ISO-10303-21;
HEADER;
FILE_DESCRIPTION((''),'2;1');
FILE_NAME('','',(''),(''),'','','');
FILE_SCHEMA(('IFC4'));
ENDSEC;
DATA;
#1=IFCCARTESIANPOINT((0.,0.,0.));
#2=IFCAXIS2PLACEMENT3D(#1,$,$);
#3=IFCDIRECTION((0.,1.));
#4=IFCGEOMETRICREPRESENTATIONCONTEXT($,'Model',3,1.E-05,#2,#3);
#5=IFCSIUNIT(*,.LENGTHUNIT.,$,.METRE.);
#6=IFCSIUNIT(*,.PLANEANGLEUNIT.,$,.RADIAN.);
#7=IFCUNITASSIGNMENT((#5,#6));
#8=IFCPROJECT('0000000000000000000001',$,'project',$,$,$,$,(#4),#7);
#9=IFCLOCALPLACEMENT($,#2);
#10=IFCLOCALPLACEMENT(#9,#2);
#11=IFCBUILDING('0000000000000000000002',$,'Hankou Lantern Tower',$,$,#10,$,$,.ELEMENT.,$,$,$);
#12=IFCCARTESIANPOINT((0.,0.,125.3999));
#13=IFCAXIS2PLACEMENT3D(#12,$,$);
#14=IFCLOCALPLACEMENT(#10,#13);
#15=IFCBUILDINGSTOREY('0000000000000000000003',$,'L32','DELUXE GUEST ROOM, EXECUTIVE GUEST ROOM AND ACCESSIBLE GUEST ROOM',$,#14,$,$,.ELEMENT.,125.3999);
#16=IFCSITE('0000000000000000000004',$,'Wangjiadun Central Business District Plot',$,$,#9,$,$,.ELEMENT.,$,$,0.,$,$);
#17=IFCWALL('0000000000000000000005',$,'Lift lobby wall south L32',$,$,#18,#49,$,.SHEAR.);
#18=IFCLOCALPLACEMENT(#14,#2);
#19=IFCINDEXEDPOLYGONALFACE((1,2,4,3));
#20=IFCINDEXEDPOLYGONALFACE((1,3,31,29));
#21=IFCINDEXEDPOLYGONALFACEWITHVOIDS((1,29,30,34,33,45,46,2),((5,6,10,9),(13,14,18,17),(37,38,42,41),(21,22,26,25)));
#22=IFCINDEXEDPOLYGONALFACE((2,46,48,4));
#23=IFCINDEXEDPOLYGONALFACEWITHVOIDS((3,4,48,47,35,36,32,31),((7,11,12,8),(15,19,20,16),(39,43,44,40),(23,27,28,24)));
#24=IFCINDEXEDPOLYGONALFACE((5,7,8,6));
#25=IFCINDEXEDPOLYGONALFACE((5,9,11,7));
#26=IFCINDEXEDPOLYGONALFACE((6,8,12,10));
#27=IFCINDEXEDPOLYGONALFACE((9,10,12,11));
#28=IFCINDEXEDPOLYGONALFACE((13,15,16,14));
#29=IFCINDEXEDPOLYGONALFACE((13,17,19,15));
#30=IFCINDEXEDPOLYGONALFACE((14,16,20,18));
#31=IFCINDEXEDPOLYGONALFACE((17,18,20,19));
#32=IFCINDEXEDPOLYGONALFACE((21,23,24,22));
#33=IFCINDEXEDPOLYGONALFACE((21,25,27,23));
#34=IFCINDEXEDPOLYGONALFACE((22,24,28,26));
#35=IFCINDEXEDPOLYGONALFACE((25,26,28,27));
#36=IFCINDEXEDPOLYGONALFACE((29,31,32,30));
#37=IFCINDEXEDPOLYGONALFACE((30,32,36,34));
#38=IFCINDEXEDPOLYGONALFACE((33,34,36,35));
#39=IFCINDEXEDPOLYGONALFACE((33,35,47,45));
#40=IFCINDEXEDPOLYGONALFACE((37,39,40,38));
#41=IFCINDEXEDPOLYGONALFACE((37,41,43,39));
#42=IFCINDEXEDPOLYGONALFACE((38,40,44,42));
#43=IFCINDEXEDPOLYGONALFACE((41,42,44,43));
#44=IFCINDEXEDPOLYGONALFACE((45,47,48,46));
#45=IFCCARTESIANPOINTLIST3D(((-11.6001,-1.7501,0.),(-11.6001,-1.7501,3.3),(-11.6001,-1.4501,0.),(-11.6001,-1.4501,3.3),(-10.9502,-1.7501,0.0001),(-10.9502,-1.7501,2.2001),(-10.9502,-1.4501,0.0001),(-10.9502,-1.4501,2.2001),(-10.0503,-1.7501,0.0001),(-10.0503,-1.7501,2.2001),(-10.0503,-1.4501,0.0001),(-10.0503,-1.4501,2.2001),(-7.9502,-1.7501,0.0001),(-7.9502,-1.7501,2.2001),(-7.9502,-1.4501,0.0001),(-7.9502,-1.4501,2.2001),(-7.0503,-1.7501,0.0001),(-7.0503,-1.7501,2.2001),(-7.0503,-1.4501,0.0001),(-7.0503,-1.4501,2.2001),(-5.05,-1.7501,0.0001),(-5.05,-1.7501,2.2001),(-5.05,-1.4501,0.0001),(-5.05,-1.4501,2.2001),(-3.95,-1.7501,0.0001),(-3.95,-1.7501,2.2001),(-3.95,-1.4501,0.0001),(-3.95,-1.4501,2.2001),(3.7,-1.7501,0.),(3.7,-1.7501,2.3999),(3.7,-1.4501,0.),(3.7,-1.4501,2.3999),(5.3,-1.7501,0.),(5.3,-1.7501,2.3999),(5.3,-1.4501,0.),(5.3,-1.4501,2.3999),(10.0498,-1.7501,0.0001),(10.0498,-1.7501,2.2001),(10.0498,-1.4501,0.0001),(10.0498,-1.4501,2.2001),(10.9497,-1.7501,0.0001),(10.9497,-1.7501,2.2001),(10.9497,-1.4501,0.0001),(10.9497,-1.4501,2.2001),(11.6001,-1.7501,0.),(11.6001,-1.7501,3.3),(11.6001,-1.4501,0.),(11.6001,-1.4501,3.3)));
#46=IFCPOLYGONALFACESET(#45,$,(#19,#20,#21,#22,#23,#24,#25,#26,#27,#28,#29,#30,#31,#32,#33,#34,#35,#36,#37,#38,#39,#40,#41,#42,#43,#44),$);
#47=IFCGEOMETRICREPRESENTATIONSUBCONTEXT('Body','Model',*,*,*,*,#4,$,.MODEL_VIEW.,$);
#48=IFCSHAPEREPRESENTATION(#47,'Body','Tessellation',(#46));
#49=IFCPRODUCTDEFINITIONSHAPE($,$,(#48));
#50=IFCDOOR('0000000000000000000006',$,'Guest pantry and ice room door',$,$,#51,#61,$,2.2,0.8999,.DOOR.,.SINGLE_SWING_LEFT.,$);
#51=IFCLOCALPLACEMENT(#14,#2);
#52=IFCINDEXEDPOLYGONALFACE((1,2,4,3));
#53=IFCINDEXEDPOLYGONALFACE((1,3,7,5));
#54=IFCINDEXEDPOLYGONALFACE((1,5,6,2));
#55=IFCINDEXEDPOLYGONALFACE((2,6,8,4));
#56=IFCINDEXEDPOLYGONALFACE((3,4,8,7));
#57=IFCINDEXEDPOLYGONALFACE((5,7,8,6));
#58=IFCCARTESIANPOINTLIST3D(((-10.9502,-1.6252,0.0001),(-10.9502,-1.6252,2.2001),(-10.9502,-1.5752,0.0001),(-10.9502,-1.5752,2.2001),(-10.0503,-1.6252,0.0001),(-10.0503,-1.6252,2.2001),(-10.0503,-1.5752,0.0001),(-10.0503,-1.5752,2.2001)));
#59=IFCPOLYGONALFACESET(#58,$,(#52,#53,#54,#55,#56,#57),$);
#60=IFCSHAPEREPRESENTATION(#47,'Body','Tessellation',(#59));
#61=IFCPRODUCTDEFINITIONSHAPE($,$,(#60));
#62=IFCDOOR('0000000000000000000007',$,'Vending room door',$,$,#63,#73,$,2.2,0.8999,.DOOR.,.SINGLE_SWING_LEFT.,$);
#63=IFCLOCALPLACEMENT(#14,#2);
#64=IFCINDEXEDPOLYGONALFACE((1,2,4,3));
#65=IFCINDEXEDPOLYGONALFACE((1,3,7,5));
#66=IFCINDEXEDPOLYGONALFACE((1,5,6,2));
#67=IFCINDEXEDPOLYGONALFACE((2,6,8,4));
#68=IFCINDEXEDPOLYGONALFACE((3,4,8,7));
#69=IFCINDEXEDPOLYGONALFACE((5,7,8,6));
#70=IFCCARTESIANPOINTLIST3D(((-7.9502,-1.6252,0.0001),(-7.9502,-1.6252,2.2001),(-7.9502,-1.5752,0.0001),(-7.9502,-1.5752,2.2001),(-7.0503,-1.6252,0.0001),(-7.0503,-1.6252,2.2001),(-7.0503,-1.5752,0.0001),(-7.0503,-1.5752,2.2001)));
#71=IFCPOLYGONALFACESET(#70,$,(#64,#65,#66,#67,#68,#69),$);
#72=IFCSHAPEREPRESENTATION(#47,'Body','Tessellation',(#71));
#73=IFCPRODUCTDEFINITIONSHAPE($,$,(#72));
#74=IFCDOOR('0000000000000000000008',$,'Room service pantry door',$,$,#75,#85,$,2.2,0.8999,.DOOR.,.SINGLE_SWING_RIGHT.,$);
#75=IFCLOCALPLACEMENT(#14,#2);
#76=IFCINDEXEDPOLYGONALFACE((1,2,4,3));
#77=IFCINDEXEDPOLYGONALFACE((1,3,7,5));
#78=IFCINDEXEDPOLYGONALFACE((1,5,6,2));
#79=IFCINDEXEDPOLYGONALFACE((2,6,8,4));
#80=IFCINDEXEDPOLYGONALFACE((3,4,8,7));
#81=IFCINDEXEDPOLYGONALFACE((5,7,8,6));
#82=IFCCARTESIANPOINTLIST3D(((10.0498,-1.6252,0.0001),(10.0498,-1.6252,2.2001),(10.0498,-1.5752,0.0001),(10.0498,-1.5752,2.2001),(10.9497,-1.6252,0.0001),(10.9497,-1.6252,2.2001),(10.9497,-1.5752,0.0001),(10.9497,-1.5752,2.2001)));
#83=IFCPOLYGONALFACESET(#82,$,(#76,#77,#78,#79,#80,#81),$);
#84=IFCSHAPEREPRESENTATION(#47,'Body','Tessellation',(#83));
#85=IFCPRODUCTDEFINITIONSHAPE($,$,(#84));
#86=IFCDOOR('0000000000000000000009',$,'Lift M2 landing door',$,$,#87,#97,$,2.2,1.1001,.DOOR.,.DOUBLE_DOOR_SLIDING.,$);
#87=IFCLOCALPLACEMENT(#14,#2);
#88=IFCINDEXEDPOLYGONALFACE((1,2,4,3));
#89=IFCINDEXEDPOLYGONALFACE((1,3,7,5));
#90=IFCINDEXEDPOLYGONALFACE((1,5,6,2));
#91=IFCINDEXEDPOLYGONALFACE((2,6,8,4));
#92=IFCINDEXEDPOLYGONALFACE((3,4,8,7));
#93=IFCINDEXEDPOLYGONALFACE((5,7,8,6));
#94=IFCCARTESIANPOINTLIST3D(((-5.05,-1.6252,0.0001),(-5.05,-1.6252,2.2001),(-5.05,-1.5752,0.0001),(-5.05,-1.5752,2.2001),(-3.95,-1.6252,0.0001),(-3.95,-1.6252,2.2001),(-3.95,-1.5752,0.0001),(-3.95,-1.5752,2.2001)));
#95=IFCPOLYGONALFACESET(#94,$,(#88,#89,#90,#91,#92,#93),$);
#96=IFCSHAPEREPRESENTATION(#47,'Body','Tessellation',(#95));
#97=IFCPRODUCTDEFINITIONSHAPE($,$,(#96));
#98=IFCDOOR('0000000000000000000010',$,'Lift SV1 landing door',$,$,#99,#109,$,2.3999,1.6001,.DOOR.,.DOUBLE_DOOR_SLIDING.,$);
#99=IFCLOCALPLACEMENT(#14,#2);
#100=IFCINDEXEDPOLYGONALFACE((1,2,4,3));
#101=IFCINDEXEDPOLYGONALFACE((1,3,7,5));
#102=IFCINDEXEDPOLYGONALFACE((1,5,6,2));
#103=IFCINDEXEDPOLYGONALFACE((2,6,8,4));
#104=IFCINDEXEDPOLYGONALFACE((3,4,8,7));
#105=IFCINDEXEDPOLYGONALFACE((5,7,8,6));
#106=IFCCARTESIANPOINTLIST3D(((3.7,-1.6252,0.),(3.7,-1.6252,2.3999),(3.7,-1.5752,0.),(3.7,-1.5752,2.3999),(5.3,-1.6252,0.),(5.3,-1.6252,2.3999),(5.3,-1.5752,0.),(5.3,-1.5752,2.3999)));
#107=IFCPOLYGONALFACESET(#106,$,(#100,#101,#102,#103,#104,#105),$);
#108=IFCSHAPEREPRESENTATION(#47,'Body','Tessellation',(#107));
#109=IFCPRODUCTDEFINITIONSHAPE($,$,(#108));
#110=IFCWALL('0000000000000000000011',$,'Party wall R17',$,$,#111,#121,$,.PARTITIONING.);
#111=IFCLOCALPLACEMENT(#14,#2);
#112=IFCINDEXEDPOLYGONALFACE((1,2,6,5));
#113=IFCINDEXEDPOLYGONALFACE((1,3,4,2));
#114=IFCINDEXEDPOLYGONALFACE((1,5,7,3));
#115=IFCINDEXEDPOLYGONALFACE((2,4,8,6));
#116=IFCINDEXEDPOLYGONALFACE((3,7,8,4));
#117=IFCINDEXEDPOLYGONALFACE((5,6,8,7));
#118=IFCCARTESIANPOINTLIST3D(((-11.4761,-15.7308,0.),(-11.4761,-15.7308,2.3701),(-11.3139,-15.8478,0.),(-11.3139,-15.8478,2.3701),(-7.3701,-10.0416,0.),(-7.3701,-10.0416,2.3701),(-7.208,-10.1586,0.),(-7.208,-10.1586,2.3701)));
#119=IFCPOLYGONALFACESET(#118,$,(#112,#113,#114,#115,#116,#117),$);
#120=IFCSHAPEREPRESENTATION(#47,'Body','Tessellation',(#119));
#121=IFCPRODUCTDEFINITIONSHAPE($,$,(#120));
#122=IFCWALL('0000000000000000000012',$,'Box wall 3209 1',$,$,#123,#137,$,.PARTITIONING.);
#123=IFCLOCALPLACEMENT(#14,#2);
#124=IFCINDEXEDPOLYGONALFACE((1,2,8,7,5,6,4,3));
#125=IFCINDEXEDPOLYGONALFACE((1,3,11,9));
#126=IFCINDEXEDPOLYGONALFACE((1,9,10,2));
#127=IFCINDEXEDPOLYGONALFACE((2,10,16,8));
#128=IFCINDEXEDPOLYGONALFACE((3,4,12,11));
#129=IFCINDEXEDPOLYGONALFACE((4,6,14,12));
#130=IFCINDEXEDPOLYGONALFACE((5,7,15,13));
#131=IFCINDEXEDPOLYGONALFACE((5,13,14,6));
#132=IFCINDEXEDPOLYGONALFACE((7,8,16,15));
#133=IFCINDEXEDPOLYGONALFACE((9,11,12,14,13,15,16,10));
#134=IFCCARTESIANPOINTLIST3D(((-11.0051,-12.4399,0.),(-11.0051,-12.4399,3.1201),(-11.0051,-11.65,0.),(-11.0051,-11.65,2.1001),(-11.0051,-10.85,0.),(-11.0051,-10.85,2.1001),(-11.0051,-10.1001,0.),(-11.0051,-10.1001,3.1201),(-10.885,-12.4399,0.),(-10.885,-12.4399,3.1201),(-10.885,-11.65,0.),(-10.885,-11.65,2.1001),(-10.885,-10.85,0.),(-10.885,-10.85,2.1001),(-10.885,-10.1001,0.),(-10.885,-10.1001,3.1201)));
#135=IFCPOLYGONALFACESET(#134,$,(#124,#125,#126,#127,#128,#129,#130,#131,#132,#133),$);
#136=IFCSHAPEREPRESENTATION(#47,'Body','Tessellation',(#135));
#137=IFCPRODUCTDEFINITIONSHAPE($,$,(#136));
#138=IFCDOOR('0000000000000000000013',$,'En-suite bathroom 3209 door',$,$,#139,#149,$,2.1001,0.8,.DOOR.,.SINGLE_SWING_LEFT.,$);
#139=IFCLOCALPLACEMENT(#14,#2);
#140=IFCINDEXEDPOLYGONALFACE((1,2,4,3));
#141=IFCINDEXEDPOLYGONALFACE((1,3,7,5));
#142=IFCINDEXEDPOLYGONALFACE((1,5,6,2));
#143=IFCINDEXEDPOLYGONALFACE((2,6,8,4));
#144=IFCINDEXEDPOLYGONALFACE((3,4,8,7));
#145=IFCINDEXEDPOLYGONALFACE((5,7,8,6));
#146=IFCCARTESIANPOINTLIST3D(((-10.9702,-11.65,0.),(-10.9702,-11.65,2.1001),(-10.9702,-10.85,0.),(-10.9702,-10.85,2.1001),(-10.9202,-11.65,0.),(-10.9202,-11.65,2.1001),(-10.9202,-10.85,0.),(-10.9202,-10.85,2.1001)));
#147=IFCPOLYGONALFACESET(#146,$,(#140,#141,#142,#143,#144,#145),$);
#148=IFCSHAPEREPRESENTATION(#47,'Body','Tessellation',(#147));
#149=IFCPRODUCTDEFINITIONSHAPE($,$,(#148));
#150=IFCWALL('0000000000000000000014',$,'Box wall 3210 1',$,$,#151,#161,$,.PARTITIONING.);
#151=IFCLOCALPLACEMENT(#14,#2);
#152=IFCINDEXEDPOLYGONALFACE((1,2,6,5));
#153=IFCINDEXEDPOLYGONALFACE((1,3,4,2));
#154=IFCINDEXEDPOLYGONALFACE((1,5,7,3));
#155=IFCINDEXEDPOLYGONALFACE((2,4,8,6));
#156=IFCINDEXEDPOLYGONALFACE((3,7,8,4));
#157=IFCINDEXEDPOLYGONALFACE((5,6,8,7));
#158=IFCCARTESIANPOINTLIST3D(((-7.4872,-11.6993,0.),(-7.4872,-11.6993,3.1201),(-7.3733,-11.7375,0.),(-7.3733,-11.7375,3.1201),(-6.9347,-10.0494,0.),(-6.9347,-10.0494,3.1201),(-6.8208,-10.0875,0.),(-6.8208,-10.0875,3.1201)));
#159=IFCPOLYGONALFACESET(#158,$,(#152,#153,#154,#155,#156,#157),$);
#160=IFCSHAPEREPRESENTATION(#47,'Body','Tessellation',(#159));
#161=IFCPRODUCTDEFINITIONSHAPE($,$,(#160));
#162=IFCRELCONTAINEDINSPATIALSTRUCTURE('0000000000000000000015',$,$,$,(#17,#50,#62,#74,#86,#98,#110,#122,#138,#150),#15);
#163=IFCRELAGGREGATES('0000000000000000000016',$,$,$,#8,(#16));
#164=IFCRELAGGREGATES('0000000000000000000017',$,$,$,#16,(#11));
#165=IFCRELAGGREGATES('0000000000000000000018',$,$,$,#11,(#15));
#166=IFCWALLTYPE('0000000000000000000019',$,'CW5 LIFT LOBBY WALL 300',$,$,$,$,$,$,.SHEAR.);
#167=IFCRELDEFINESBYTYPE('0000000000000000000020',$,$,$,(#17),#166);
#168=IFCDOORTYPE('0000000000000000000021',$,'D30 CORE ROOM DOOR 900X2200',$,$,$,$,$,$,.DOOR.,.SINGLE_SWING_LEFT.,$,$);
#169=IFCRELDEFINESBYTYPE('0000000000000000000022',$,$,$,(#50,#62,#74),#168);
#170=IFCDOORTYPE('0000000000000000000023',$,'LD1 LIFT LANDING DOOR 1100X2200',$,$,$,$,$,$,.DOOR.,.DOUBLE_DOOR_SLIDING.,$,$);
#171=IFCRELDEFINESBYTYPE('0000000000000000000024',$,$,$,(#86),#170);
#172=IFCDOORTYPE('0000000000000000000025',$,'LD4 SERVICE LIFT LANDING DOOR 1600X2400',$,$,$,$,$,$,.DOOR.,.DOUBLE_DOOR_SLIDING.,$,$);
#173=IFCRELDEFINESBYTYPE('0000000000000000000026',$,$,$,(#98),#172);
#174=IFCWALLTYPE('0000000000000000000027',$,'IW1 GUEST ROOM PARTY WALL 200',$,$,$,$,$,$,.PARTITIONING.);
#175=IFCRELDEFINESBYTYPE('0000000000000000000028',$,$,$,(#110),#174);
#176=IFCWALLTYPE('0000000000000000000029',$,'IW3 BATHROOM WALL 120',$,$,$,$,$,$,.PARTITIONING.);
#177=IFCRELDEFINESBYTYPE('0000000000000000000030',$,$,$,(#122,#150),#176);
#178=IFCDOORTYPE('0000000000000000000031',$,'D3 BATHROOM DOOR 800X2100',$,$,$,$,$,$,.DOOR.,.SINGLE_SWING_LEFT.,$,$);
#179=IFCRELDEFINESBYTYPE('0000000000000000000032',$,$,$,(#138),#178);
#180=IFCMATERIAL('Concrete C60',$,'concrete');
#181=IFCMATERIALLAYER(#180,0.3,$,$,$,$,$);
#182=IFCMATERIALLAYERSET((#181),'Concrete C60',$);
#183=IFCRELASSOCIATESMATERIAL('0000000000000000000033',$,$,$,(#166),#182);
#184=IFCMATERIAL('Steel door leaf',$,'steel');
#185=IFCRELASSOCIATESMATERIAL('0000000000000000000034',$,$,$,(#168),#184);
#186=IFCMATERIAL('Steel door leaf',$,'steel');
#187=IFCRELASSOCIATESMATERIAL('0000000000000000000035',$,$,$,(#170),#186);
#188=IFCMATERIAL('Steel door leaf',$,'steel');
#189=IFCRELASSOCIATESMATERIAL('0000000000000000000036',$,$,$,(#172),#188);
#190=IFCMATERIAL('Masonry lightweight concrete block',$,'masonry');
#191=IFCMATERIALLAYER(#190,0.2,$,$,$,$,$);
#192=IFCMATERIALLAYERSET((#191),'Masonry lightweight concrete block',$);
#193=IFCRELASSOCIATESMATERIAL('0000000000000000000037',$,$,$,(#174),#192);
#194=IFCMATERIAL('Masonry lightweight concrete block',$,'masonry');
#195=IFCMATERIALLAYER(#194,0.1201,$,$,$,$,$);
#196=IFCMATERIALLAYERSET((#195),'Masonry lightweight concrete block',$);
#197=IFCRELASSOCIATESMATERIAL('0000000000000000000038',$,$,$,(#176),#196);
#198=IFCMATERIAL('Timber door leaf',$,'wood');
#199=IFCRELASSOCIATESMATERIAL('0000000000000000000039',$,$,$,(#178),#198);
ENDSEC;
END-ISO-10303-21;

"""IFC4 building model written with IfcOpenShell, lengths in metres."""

from ifc_helpers import new_model, si_unit, direction, frame, frame_2d, origin, place, context, subcontext, project, spatial, rectangle, extrude, material, layer, layer_set, type_object, element, fill, save


model = new_model("IFC4")

# Units and contexts
model_context = context("Model", 3, precision=1e-05, world=origin(), true_north=direction((0.0, 1.0)))
body_context = subcontext(model_context, "Body", "Model", "MODEL_VIEW")
ifc_project = project(units=[si_unit("LENGTHUNIT", "METRE"), si_unit("PLANEANGLEUNIT", "RADIAN")], contexts=[model_context])

# Site, building, storey
site_placement = place(None, origin())
site = spatial("IfcSite", under=ifc_project, at=site_placement, Name="Wangjiadun Central Business District Plot", CompositionType="ELEMENT", RefElevation=0.0)
building_placement = place(site_placement, origin())
building = spatial("IfcBuilding", under=site, at=building_placement, Name="Hankou Lantern Tower", CompositionType="ELEMENT")
storey_placement = place(building_placement, frame((0.0, 0.0, 125.3999)))
storey = spatial("IfcBuildingStorey", under=building, at=storey_placement, Name="L32", Description="DELUXE GUEST ROOM, EXECUTIVE GUEST ROOM AND ACCESSIBLE GUEST ROOM", CompositionType="ELEMENT", Elevation=125.3999)

# Wall, openings, doors
ifc_material_1 = material(Name="Concrete C60", Category="concrete")
ifc_layer_1 = layer(ifc_material_1, 0.3)
ifc_layer_set_1 = layer_set([ifc_layer_1], Name="Concrete C60")
wall_type_1 = type_object("IfcWallType", Name="CW5 LIFT LOBBY WALL 300", PredefinedType="SHEAR", material=ifc_layer_set_1)
wall_1_placement = place(storey_placement, frame((-11.6001, -1.6001, 0.0), z_axis=(0.0, 0.0, 1.0), x_axis=(1.0, 0.0, 0.0)))
wall_1 = element("IfcWall", 1, at=wall_1_placement, inside=storey, type_object=wall_type_1, Name="Lift lobby wall south L32", PredefinedType="SHEAR", context=body_context, shape_type="SweptSolid", body=[
    extrude(rectangle(XDim=23.2002, YDim=0.3, at=frame_2d((11.6001, 0.0))), origin(), (0.0, 0.0, 1.0), 3.3),
])
opening_1_placement = place(wall_1_placement, frame((6.55, 0.0, 0.0)))
opening_1 = element("IfcOpeningElement", 2, at=opening_1_placement, cuts=wall_1, PredefinedType="OPENING", context=body_context, shape_type="SweptSolid", body=[
    extrude(rectangle(XDim=1.1001, YDim=2.2, at=frame_2d((0.55, 1.1001))), frame((0.0, 0.1599, 0.0), z_axis=(0.0, -1.0, 0.0), x_axis=(1.0, 0.0, 0.0)), (0.0, 0.0, 1.0), 0.3201),
])
opening_2_placement = place(wall_1_placement, frame((15.3, 0.0, 0.0)))
opening_2 = element("IfcOpeningElement", 3, at=opening_2_placement, cuts=wall_1, PredefinedType="OPENING", context=body_context, shape_type="SweptSolid", body=[
    extrude(rectangle(XDim=1.6001, YDim=2.3999, at=frame_2d((0.8, 1.2))), frame((0.0, 0.1599, 0.0), z_axis=(0.0, -1.0, 0.0), x_axis=(1.0, 0.0, 0.0)), (0.0, 0.0, 1.0), 0.3201),
])
opening_3_placement = place(wall_1_placement, frame((0.6499, 0.0, 0.0)))
opening_3 = element("IfcOpeningElement", 4, at=opening_3_placement, cuts=wall_1, PredefinedType="OPENING", context=body_context, shape_type="SweptSolid", body=[
    extrude(rectangle(XDim=0.8999, YDim=2.2, at=frame_2d((0.45, 1.1001))), frame((0.0, 0.1599, 0.0), z_axis=(0.0, -1.0, 0.0), x_axis=(1.0, 0.0, 0.0)), (0.0, 0.0, 1.0), 0.3201),
])
opening_4_placement = place(wall_1_placement, frame((3.6499, 0.0, 0.0)))
opening_4 = element("IfcOpeningElement", 5, at=opening_4_placement, cuts=wall_1, PredefinedType="OPENING", context=body_context, shape_type="SweptSolid", body=[
    extrude(rectangle(XDim=0.8999, YDim=2.2, at=frame_2d((0.45, 1.1001))), frame((0.0, 0.1599, 0.0), z_axis=(0.0, -1.0, 0.0), x_axis=(1.0, 0.0, 0.0)), (0.0, 0.0, 1.0), 0.3201),
])
opening_5_placement = place(wall_1_placement, frame((21.6499, 0.0, 0.0)))
opening_5 = element("IfcOpeningElement", 6, at=opening_5_placement, cuts=wall_1, PredefinedType="OPENING", context=body_context, shape_type="SweptSolid", body=[
    extrude(rectangle(XDim=0.8999, YDim=2.2, at=frame_2d((0.45, 1.1001))), frame((0.0, 0.1599, 0.0), z_axis=(0.0, -1.0, 0.0), x_axis=(1.0, 0.0, 0.0)), (0.0, 0.0, 1.0), 0.3201),
])
ifc_material_2 = material(Name="Steel door leaf", Category="steel")
door_type_1 = type_object("IfcDoorType", Name="D30 CORE ROOM DOOR 900X2200", OperationType="SINGLE_SWING_LEFT", PredefinedType="DOOR", material=ifc_material_2)
door_1_placement = place(opening_3_placement, origin())
door_1 = element("IfcDoor", 7, at=door_1_placement, inside=storey, type_object=door_type_1, Name="Guest pantry and ice room door", OperationType="SINGLE_SWING_LEFT", OverallHeight=2.2, OverallWidth=0.8999, PredefinedType="DOOR", context=body_context, shape_type="SweptSolid", body=[
    extrude(rectangle(XDim=0.8999, YDim=2.2, at=frame_2d((0.45, 1.1001))), frame((0.0, 0.0249, 0.0), z_axis=(0.0, -1.0, 0.0), x_axis=(1.0, 0.0, 0.0)), (0.0, 0.0, 1.0), 0.05),
])
fill(opening_3, door_1)
door_2_placement = place(opening_4_placement, origin())
door_2 = element("IfcDoor", 8, at=door_2_placement, inside=storey, type_object=door_type_1, Name="Vending room door", OperationType="SINGLE_SWING_LEFT", OverallHeight=2.2, OverallWidth=0.8999, PredefinedType="DOOR", context=body_context, shape_type="SweptSolid", body=[
    extrude(rectangle(XDim=0.8999, YDim=2.2, at=frame_2d((0.45, 1.1001))), frame((0.0, 0.0249, 0.0), z_axis=(0.0, -1.0, 0.0), x_axis=(1.0, 0.0, 0.0)), (0.0, 0.0, 1.0), 0.05),
])
fill(opening_4, door_2)
door_3_placement = place(opening_5_placement, origin())
door_3 = element("IfcDoor", 9, at=door_3_placement, inside=storey, type_object=door_type_1, Name="Room service pantry door", OperationType="SINGLE_SWING_RIGHT", OverallHeight=2.2, OverallWidth=0.8999, PredefinedType="DOOR", context=body_context, shape_type="SweptSolid", body=[
    extrude(rectangle(XDim=0.8999, YDim=2.2, at=frame_2d((0.45, 1.1001))), frame((0.0, 0.0249, 0.0), z_axis=(0.0, -1.0, 0.0), x_axis=(1.0, 0.0, 0.0)), (0.0, 0.0, 1.0), 0.05),
])
fill(opening_5, door_3)
ifc_material_3 = material(Name="Steel door leaf", Category="steel")
door_type_2 = type_object("IfcDoorType", Name="LD1 LIFT LANDING DOOR 1100X2200", OperationType="DOUBLE_DOOR_SLIDING", PredefinedType="DOOR", material=ifc_material_3)
door_4_placement = place(opening_1_placement, origin())
door_4 = element("IfcDoor", 10, at=door_4_placement, inside=storey, type_object=door_type_2, Name="Lift M2 landing door", OperationType="DOUBLE_DOOR_SLIDING", OverallHeight=2.2, OverallWidth=1.1001, PredefinedType="DOOR", context=body_context, shape_type="SweptSolid", body=[
    extrude(rectangle(XDim=1.1001, YDim=2.2, at=frame_2d((0.55, 1.1001))), frame((0.0, 0.0249, 0.0), z_axis=(0.0, -1.0, 0.0), x_axis=(1.0, 0.0, 0.0)), (0.0, 0.0, 1.0), 0.05),
])
fill(opening_1, door_4)
ifc_material_4 = material(Name="Steel door leaf", Category="steel")
door_type_3 = type_object("IfcDoorType", Name="LD4 SERVICE LIFT LANDING DOOR 1600X2400", OperationType="DOUBLE_DOOR_SLIDING", PredefinedType="DOOR", material=ifc_material_4)
door_5_placement = place(opening_2_placement, origin())
door_5 = element("IfcDoor", 11, at=door_5_placement, inside=storey, type_object=door_type_3, Name="Lift SV1 landing door", OperationType="DOUBLE_DOOR_SLIDING", OverallHeight=2.3999, OverallWidth=1.6001, PredefinedType="DOOR", context=body_context, shape_type="SweptSolid", body=[
    extrude(rectangle(XDim=1.6001, YDim=2.3999, at=frame_2d((0.8, 1.2))), frame((0.0, 0.0249, 0.0), z_axis=(0.0, -1.0, 0.0), x_axis=(1.0, 0.0, 0.0)), (0.0, 0.0, 1.0), 0.05),
])
fill(opening_2, door_5)

# Wall
ifc_material_5 = material(Name="Masonry lightweight concrete block", Category="masonry")
ifc_layer_2 = layer(ifc_material_5, 0.2)
ifc_layer_set_2 = layer_set([ifc_layer_2], Name="Masonry lightweight concrete block")
wall_type_2 = type_object("IfcWallType", Name="IW1 GUEST ROOM PARTY WALL 200", PredefinedType="PARTITIONING", material=ifc_layer_set_2)
wall_2_placement = place(storey_placement, frame((-7.2891, -10.1001, 0.0), z_axis=(0.0, 0.0, 1.0), x_axis=(-0.585217, -0.810876, 0.0)))
element("IfcWall", 12, at=wall_2_placement, inside=storey, type_object=wall_type_2, Name="Party wall R17", PredefinedType="PARTITIONING", context=body_context, shape_type="SweptSolid", body=[
    extrude(rectangle(XDim=7.0161, YDim=0.2, at=frame_2d((3.5081, 0.0))), origin(), (0.0, 0.0, 1.0), 2.3701),
])

# Wall, opening, door
ifc_material_6 = material(Name="Masonry lightweight concrete block", Category="masonry")
ifc_layer_3 = layer(ifc_material_6, 0.1201)
ifc_layer_set_3 = layer_set([ifc_layer_3], Name="Masonry lightweight concrete block")
wall_type_3 = type_object("IfcWallType", Name="IW3 BATHROOM WALL 120", PredefinedType="PARTITIONING", material=ifc_layer_set_3)
wall_3_placement = place(storey_placement, frame((-10.9451, -10.1001, 0.0), z_axis=(0.0, 0.0, 1.0), x_axis=(0.0, -1.0, 0.0)))
wall_3 = element("IfcWall", 13, at=wall_3_placement, inside=storey, type_object=wall_type_3, Name="Box wall 3209 1", PredefinedType="PARTITIONING", context=body_context, shape_type="SweptSolid", body=[
    extrude(rectangle(XDim=2.3398, YDim=0.1201, at=frame_2d((1.1699, 0.0))), origin(), (0.0, 0.0, 1.0), 3.1201),
])
opening_6_placement = place(wall_3_placement, frame((0.75, 0.0, 0.0)))
opening_6 = element("IfcOpeningElement", 14, at=opening_6_placement, cuts=wall_3, PredefinedType="OPENING", context=body_context, shape_type="SweptSolid", body=[
    extrude(rectangle(XDim=0.8, YDim=2.1001, at=frame_2d((0.3999, 1.05))), frame((0.0, 0.0701, 0.0), z_axis=(0.0, -1.0, 0.0), x_axis=(1.0, 0.0, 0.0)), (0.0, 0.0, 1.0), 0.1401),
])
ifc_material_7 = material(Name="Timber door leaf", Category="wood")
door_type_4 = type_object("IfcDoorType", Name="D3 BATHROOM DOOR 800X2100", OperationType="SINGLE_SWING_LEFT", PredefinedType="DOOR", material=ifc_material_7)
door_6_placement = place(opening_6_placement, origin())
door_6 = element("IfcDoor", 15, at=door_6_placement, inside=storey, type_object=door_type_4, Name="En-suite bathroom 3209 door", OperationType="SINGLE_SWING_LEFT", OverallHeight=2.1001, OverallWidth=0.8, PredefinedType="DOOR", context=body_context, shape_type="SweptSolid", body=[
    extrude(rectangle(XDim=0.8, YDim=2.1001, at=frame_2d((0.3999, 1.05))), frame((0.0, 0.0249, 0.0), z_axis=(0.0, -1.0, 0.0), x_axis=(1.0, 0.0, 0.0)), (0.0, 0.0, 1.0), 0.05),
])
fill(opening_6, door_6)

# Wall
wall_4_placement = place(storey_placement, frame((-6.8777, -10.0684, 0.0), z_axis=(0.0, 0.0, 1.0), x_axis=(-0.317532, -0.948247, 0.0)))
element("IfcWall", 16, at=wall_4_placement, inside=storey, type_object=wall_type_3, Name="Box wall 3210 1", PredefinedType="PARTITIONING", context=body_context, shape_type="SweptSolid", body=[
    extrude(rectangle(XDim=1.74, YDim=0.1201, at=frame_2d((0.8701, 0.0))), origin(), (0.0, 0.0, 1.0), 3.1201),
])

save(model, "model.ifc")
